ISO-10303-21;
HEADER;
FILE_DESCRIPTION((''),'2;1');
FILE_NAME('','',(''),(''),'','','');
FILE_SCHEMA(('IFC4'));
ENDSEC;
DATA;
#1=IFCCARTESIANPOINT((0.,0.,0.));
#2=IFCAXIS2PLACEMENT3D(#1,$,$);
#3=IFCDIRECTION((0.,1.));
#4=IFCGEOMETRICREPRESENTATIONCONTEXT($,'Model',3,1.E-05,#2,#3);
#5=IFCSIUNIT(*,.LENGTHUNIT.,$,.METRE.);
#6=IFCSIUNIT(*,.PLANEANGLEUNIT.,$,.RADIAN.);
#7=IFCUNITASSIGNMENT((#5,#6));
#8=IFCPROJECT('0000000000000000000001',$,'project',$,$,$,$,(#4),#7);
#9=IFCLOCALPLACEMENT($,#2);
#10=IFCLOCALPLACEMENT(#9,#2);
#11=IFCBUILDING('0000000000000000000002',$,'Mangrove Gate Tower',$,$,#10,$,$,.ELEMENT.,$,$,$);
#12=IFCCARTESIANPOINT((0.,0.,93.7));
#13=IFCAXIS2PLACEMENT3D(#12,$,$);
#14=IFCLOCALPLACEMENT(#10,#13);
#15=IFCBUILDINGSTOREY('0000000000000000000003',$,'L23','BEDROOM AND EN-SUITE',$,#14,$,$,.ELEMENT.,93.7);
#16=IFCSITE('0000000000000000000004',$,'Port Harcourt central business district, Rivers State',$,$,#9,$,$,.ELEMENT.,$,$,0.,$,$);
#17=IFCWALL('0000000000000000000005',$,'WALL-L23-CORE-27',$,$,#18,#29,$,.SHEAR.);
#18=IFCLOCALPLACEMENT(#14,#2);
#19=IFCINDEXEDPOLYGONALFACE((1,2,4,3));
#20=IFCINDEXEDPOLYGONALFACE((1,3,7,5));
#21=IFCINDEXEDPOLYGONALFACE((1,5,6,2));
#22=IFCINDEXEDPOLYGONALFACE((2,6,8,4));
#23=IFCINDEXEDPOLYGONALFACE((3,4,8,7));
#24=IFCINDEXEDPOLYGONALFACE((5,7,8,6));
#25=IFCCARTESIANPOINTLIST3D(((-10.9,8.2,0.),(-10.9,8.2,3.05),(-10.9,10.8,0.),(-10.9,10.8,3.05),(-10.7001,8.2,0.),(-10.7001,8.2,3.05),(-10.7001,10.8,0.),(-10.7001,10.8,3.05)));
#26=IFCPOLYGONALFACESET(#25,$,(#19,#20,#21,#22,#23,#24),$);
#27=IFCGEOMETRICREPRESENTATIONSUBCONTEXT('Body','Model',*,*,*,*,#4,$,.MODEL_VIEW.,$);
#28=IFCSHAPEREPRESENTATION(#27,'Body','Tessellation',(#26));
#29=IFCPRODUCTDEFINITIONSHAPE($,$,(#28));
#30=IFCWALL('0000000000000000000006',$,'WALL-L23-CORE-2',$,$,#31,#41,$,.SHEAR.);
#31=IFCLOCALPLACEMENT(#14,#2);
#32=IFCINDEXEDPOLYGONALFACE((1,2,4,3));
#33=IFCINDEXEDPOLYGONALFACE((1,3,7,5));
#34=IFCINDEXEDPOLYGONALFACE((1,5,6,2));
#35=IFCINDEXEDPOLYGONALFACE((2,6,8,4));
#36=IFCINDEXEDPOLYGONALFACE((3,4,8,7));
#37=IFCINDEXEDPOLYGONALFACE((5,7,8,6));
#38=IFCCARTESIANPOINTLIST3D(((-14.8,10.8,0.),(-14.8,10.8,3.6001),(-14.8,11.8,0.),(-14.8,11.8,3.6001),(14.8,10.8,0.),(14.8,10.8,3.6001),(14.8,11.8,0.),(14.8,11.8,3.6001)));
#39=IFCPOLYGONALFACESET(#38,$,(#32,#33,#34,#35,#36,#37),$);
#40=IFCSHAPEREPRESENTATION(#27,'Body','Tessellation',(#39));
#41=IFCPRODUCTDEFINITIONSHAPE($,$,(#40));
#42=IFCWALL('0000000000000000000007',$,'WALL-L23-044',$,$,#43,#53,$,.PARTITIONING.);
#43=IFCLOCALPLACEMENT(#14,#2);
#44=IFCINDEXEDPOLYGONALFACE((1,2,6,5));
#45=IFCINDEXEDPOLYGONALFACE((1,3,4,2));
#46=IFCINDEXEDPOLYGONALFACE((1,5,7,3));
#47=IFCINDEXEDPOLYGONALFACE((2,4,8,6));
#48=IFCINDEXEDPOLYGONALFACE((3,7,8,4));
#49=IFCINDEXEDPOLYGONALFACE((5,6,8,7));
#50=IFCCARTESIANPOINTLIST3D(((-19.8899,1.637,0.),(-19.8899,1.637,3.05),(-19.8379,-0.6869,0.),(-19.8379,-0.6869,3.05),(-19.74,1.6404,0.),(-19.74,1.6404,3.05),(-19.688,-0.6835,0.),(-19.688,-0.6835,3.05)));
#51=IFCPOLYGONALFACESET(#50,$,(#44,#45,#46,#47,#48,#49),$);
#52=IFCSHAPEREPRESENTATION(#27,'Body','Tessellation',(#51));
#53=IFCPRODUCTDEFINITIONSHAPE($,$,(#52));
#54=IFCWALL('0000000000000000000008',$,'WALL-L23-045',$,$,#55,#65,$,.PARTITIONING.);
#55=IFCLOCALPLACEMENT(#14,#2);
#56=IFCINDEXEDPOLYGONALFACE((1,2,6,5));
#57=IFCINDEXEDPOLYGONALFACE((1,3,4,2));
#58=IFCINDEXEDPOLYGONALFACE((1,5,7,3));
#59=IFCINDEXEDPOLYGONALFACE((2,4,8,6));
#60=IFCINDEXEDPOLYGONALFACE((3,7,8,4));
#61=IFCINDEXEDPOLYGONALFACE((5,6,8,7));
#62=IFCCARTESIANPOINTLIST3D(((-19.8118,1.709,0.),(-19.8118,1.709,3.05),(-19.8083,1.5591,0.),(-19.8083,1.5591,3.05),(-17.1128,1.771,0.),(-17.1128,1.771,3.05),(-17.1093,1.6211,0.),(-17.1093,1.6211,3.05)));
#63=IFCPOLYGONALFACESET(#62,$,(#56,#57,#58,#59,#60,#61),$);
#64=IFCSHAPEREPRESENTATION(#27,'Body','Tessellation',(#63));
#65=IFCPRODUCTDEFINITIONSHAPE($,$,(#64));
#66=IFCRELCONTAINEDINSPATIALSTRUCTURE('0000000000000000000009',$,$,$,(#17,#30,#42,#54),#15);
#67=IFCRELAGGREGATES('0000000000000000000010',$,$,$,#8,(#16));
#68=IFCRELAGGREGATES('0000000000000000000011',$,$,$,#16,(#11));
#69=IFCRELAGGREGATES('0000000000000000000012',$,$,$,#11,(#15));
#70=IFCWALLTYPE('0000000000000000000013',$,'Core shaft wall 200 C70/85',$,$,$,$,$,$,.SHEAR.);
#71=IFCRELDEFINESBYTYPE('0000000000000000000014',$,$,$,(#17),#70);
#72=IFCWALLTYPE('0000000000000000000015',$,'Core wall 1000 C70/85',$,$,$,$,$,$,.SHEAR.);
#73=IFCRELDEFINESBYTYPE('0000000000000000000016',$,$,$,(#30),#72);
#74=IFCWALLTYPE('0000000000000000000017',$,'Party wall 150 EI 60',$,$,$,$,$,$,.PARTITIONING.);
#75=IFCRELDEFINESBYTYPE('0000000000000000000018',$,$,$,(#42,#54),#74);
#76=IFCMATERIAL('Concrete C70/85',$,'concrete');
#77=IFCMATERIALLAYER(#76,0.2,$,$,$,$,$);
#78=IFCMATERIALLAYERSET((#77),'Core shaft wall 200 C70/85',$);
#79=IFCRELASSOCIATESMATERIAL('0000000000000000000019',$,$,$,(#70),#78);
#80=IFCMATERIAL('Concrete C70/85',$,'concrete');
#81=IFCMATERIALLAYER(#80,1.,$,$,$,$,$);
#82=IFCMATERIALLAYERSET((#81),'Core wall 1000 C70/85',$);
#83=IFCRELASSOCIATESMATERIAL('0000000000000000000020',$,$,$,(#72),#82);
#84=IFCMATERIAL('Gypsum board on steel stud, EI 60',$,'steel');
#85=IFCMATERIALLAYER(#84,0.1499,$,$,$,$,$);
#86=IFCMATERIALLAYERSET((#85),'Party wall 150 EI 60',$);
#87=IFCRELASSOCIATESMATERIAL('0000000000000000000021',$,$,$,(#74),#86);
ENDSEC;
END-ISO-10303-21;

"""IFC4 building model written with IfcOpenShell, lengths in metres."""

from ifc_helpers import new_model, si_unit, direction, frame, frame_2d, origin, place, context, subcontext, project, spatial, rectangle, extrude, material, layer, layer_set, type_object, element, save


model = new_model("IFC4")

# Units and contexts
model_context = context("Model", 3, precision=1e-05, world=origin(), true_north=direction((0.0, 1.0)))
body_context = subcontext(model_context, "Body", "Model", "MODEL_VIEW")
ifc_project = project(units=[si_unit("LENGTHUNIT", "METRE"), si_unit("PLANEANGLEUNIT", "RADIAN")], contexts=[model_context])

# Site, building, storey
site_placement = place(None, origin())
site = spatial("IfcSite", under=ifc_project, at=site_placement, Name="Port Harcourt central business district, Rivers State", CompositionType="ELEMENT", RefElevation=0.0)
building_placement = place(site_placement, origin())
building = spatial("IfcBuilding", under=site, at=building_placement, Name="Mangrove Gate Tower", CompositionType="ELEMENT")
storey_placement = place(building_placement, frame((0.0, 0.0, 93.7)))
storey = spatial("IfcBuildingStorey", under=building, at=storey_placement, Name="L23", Description="BEDROOM AND EN-SUITE", CompositionType="ELEMENT", Elevation=93.7)

# Shared definitions
ifc_material_1 = material(Name="Concrete C70/85", Category="concrete")
ifc_layer_1 = layer(ifc_material_1, 0.2)
ifc_layer_set_1 = layer_set([ifc_layer_1], Name="Core shaft wall 200 C70/85")
wall_type_1 = type_object("IfcWallType", Name="Core shaft wall 200 C70/85", PredefinedType="SHEAR", material=ifc_layer_set_1)

# Walls
wall_1_placement = place(storey_placement, frame((-10.8, 8.2, 0.0), z_axis=(0.0, 0.0, 1.0), x_axis=(0.0, 1.0, 0.0)))
element("IfcWall", 1, at=wall_1_placement, inside=storey, type_object=wall_type_1, Name="WALL-L23-CORE-27", PredefinedType="SHEAR", context=body_context, shape_type="SweptSolid", body=[
    extrude(rectangle(XDim=2.6001, YDim=0.2, at=frame_2d((1.3, 0.0))), origin(), (0.0, 0.0, 1.0), 3.05),
])
ifc_material_2 = material(Name="Concrete C70/85", Category="concrete")
ifc_layer_2 = layer(ifc_material_2, 1.0)
ifc_layer_set_2 = layer_set([ifc_layer_2], Name="Core wall 1000 C70/85")
wall_type_2 = type_object("IfcWallType", Name="Core wall 1000 C70/85", PredefinedType="SHEAR", material=ifc_layer_set_2)
wall_2_placement = place(storey_placement, frame((-14.8, 11.3, 0.0), z_axis=(0.0, 0.0, 1.0), x_axis=(1.0, 0.0, 0.0)))
element("IfcWall", 2, at=wall_2_placement, inside=storey, type_object=wall_type_2, Name="WALL-L23-CORE-2", PredefinedType="SHEAR", context=body_context, shape_type="SweptSolid", body=[
    extrude(rectangle(XDim=29.6001, YDim=1.0, at=frame_2d((14.8, 0.0))), origin(), (0.0, 0.0, 1.0), 3.6001),
])
ifc_material_3 = material(Name="Gypsum board on steel stud, EI 60", Category="steel")
ifc_layer_3 = layer(ifc_material_3, 0.1499)
ifc_layer_set_3 = layer_set([ifc_layer_3], Name="Party wall 150 EI 60")
wall_type_3 = type_object("IfcWallType", Name="Party wall 150 EI 60", PredefinedType="PARTITIONING", material=ifc_layer_set_3)
wall_3_placement = place(storey_placement, frame((-19.7629, -0.6851, 0.0), z_axis=(0.0, 0.0, 1.0), x_axis=(-0.022371, 0.99975, 0.0)))
element("IfcWall", 3, at=wall_3_placement, inside=storey, type_object=wall_type_3, Name="WALL-L23-044", PredefinedType="PARTITIONING", context=body_context, shape_type="SweptSolid", body=[
    extrude(rectangle(XDim=2.3245, YDim=0.1499, at=frame_2d((1.1621, 0.0))), origin(), (0.0, 0.0, 1.0), 3.05),
])
wall_4_placement = place(storey_placement, frame((-19.8101, 1.634, 0.0), z_axis=(0.0, 0.0, 1.0), x_axis=(0.999736, 0.02297, 0.0)))
element("IfcWall", 4, at=wall_4_placement, inside=storey, type_object=wall_type_3, Name="WALL-L23-045", PredefinedType="PARTITIONING", context=body_context, shape_type="SweptSolid", body=[
    extrude(rectangle(XDim=2.6997, YDim=0.1499, at=frame_2d((1.3499, 0.0))), origin(), (0.0, 0.0, 1.0), 3.05),
])

save(model, "model.ifc")
